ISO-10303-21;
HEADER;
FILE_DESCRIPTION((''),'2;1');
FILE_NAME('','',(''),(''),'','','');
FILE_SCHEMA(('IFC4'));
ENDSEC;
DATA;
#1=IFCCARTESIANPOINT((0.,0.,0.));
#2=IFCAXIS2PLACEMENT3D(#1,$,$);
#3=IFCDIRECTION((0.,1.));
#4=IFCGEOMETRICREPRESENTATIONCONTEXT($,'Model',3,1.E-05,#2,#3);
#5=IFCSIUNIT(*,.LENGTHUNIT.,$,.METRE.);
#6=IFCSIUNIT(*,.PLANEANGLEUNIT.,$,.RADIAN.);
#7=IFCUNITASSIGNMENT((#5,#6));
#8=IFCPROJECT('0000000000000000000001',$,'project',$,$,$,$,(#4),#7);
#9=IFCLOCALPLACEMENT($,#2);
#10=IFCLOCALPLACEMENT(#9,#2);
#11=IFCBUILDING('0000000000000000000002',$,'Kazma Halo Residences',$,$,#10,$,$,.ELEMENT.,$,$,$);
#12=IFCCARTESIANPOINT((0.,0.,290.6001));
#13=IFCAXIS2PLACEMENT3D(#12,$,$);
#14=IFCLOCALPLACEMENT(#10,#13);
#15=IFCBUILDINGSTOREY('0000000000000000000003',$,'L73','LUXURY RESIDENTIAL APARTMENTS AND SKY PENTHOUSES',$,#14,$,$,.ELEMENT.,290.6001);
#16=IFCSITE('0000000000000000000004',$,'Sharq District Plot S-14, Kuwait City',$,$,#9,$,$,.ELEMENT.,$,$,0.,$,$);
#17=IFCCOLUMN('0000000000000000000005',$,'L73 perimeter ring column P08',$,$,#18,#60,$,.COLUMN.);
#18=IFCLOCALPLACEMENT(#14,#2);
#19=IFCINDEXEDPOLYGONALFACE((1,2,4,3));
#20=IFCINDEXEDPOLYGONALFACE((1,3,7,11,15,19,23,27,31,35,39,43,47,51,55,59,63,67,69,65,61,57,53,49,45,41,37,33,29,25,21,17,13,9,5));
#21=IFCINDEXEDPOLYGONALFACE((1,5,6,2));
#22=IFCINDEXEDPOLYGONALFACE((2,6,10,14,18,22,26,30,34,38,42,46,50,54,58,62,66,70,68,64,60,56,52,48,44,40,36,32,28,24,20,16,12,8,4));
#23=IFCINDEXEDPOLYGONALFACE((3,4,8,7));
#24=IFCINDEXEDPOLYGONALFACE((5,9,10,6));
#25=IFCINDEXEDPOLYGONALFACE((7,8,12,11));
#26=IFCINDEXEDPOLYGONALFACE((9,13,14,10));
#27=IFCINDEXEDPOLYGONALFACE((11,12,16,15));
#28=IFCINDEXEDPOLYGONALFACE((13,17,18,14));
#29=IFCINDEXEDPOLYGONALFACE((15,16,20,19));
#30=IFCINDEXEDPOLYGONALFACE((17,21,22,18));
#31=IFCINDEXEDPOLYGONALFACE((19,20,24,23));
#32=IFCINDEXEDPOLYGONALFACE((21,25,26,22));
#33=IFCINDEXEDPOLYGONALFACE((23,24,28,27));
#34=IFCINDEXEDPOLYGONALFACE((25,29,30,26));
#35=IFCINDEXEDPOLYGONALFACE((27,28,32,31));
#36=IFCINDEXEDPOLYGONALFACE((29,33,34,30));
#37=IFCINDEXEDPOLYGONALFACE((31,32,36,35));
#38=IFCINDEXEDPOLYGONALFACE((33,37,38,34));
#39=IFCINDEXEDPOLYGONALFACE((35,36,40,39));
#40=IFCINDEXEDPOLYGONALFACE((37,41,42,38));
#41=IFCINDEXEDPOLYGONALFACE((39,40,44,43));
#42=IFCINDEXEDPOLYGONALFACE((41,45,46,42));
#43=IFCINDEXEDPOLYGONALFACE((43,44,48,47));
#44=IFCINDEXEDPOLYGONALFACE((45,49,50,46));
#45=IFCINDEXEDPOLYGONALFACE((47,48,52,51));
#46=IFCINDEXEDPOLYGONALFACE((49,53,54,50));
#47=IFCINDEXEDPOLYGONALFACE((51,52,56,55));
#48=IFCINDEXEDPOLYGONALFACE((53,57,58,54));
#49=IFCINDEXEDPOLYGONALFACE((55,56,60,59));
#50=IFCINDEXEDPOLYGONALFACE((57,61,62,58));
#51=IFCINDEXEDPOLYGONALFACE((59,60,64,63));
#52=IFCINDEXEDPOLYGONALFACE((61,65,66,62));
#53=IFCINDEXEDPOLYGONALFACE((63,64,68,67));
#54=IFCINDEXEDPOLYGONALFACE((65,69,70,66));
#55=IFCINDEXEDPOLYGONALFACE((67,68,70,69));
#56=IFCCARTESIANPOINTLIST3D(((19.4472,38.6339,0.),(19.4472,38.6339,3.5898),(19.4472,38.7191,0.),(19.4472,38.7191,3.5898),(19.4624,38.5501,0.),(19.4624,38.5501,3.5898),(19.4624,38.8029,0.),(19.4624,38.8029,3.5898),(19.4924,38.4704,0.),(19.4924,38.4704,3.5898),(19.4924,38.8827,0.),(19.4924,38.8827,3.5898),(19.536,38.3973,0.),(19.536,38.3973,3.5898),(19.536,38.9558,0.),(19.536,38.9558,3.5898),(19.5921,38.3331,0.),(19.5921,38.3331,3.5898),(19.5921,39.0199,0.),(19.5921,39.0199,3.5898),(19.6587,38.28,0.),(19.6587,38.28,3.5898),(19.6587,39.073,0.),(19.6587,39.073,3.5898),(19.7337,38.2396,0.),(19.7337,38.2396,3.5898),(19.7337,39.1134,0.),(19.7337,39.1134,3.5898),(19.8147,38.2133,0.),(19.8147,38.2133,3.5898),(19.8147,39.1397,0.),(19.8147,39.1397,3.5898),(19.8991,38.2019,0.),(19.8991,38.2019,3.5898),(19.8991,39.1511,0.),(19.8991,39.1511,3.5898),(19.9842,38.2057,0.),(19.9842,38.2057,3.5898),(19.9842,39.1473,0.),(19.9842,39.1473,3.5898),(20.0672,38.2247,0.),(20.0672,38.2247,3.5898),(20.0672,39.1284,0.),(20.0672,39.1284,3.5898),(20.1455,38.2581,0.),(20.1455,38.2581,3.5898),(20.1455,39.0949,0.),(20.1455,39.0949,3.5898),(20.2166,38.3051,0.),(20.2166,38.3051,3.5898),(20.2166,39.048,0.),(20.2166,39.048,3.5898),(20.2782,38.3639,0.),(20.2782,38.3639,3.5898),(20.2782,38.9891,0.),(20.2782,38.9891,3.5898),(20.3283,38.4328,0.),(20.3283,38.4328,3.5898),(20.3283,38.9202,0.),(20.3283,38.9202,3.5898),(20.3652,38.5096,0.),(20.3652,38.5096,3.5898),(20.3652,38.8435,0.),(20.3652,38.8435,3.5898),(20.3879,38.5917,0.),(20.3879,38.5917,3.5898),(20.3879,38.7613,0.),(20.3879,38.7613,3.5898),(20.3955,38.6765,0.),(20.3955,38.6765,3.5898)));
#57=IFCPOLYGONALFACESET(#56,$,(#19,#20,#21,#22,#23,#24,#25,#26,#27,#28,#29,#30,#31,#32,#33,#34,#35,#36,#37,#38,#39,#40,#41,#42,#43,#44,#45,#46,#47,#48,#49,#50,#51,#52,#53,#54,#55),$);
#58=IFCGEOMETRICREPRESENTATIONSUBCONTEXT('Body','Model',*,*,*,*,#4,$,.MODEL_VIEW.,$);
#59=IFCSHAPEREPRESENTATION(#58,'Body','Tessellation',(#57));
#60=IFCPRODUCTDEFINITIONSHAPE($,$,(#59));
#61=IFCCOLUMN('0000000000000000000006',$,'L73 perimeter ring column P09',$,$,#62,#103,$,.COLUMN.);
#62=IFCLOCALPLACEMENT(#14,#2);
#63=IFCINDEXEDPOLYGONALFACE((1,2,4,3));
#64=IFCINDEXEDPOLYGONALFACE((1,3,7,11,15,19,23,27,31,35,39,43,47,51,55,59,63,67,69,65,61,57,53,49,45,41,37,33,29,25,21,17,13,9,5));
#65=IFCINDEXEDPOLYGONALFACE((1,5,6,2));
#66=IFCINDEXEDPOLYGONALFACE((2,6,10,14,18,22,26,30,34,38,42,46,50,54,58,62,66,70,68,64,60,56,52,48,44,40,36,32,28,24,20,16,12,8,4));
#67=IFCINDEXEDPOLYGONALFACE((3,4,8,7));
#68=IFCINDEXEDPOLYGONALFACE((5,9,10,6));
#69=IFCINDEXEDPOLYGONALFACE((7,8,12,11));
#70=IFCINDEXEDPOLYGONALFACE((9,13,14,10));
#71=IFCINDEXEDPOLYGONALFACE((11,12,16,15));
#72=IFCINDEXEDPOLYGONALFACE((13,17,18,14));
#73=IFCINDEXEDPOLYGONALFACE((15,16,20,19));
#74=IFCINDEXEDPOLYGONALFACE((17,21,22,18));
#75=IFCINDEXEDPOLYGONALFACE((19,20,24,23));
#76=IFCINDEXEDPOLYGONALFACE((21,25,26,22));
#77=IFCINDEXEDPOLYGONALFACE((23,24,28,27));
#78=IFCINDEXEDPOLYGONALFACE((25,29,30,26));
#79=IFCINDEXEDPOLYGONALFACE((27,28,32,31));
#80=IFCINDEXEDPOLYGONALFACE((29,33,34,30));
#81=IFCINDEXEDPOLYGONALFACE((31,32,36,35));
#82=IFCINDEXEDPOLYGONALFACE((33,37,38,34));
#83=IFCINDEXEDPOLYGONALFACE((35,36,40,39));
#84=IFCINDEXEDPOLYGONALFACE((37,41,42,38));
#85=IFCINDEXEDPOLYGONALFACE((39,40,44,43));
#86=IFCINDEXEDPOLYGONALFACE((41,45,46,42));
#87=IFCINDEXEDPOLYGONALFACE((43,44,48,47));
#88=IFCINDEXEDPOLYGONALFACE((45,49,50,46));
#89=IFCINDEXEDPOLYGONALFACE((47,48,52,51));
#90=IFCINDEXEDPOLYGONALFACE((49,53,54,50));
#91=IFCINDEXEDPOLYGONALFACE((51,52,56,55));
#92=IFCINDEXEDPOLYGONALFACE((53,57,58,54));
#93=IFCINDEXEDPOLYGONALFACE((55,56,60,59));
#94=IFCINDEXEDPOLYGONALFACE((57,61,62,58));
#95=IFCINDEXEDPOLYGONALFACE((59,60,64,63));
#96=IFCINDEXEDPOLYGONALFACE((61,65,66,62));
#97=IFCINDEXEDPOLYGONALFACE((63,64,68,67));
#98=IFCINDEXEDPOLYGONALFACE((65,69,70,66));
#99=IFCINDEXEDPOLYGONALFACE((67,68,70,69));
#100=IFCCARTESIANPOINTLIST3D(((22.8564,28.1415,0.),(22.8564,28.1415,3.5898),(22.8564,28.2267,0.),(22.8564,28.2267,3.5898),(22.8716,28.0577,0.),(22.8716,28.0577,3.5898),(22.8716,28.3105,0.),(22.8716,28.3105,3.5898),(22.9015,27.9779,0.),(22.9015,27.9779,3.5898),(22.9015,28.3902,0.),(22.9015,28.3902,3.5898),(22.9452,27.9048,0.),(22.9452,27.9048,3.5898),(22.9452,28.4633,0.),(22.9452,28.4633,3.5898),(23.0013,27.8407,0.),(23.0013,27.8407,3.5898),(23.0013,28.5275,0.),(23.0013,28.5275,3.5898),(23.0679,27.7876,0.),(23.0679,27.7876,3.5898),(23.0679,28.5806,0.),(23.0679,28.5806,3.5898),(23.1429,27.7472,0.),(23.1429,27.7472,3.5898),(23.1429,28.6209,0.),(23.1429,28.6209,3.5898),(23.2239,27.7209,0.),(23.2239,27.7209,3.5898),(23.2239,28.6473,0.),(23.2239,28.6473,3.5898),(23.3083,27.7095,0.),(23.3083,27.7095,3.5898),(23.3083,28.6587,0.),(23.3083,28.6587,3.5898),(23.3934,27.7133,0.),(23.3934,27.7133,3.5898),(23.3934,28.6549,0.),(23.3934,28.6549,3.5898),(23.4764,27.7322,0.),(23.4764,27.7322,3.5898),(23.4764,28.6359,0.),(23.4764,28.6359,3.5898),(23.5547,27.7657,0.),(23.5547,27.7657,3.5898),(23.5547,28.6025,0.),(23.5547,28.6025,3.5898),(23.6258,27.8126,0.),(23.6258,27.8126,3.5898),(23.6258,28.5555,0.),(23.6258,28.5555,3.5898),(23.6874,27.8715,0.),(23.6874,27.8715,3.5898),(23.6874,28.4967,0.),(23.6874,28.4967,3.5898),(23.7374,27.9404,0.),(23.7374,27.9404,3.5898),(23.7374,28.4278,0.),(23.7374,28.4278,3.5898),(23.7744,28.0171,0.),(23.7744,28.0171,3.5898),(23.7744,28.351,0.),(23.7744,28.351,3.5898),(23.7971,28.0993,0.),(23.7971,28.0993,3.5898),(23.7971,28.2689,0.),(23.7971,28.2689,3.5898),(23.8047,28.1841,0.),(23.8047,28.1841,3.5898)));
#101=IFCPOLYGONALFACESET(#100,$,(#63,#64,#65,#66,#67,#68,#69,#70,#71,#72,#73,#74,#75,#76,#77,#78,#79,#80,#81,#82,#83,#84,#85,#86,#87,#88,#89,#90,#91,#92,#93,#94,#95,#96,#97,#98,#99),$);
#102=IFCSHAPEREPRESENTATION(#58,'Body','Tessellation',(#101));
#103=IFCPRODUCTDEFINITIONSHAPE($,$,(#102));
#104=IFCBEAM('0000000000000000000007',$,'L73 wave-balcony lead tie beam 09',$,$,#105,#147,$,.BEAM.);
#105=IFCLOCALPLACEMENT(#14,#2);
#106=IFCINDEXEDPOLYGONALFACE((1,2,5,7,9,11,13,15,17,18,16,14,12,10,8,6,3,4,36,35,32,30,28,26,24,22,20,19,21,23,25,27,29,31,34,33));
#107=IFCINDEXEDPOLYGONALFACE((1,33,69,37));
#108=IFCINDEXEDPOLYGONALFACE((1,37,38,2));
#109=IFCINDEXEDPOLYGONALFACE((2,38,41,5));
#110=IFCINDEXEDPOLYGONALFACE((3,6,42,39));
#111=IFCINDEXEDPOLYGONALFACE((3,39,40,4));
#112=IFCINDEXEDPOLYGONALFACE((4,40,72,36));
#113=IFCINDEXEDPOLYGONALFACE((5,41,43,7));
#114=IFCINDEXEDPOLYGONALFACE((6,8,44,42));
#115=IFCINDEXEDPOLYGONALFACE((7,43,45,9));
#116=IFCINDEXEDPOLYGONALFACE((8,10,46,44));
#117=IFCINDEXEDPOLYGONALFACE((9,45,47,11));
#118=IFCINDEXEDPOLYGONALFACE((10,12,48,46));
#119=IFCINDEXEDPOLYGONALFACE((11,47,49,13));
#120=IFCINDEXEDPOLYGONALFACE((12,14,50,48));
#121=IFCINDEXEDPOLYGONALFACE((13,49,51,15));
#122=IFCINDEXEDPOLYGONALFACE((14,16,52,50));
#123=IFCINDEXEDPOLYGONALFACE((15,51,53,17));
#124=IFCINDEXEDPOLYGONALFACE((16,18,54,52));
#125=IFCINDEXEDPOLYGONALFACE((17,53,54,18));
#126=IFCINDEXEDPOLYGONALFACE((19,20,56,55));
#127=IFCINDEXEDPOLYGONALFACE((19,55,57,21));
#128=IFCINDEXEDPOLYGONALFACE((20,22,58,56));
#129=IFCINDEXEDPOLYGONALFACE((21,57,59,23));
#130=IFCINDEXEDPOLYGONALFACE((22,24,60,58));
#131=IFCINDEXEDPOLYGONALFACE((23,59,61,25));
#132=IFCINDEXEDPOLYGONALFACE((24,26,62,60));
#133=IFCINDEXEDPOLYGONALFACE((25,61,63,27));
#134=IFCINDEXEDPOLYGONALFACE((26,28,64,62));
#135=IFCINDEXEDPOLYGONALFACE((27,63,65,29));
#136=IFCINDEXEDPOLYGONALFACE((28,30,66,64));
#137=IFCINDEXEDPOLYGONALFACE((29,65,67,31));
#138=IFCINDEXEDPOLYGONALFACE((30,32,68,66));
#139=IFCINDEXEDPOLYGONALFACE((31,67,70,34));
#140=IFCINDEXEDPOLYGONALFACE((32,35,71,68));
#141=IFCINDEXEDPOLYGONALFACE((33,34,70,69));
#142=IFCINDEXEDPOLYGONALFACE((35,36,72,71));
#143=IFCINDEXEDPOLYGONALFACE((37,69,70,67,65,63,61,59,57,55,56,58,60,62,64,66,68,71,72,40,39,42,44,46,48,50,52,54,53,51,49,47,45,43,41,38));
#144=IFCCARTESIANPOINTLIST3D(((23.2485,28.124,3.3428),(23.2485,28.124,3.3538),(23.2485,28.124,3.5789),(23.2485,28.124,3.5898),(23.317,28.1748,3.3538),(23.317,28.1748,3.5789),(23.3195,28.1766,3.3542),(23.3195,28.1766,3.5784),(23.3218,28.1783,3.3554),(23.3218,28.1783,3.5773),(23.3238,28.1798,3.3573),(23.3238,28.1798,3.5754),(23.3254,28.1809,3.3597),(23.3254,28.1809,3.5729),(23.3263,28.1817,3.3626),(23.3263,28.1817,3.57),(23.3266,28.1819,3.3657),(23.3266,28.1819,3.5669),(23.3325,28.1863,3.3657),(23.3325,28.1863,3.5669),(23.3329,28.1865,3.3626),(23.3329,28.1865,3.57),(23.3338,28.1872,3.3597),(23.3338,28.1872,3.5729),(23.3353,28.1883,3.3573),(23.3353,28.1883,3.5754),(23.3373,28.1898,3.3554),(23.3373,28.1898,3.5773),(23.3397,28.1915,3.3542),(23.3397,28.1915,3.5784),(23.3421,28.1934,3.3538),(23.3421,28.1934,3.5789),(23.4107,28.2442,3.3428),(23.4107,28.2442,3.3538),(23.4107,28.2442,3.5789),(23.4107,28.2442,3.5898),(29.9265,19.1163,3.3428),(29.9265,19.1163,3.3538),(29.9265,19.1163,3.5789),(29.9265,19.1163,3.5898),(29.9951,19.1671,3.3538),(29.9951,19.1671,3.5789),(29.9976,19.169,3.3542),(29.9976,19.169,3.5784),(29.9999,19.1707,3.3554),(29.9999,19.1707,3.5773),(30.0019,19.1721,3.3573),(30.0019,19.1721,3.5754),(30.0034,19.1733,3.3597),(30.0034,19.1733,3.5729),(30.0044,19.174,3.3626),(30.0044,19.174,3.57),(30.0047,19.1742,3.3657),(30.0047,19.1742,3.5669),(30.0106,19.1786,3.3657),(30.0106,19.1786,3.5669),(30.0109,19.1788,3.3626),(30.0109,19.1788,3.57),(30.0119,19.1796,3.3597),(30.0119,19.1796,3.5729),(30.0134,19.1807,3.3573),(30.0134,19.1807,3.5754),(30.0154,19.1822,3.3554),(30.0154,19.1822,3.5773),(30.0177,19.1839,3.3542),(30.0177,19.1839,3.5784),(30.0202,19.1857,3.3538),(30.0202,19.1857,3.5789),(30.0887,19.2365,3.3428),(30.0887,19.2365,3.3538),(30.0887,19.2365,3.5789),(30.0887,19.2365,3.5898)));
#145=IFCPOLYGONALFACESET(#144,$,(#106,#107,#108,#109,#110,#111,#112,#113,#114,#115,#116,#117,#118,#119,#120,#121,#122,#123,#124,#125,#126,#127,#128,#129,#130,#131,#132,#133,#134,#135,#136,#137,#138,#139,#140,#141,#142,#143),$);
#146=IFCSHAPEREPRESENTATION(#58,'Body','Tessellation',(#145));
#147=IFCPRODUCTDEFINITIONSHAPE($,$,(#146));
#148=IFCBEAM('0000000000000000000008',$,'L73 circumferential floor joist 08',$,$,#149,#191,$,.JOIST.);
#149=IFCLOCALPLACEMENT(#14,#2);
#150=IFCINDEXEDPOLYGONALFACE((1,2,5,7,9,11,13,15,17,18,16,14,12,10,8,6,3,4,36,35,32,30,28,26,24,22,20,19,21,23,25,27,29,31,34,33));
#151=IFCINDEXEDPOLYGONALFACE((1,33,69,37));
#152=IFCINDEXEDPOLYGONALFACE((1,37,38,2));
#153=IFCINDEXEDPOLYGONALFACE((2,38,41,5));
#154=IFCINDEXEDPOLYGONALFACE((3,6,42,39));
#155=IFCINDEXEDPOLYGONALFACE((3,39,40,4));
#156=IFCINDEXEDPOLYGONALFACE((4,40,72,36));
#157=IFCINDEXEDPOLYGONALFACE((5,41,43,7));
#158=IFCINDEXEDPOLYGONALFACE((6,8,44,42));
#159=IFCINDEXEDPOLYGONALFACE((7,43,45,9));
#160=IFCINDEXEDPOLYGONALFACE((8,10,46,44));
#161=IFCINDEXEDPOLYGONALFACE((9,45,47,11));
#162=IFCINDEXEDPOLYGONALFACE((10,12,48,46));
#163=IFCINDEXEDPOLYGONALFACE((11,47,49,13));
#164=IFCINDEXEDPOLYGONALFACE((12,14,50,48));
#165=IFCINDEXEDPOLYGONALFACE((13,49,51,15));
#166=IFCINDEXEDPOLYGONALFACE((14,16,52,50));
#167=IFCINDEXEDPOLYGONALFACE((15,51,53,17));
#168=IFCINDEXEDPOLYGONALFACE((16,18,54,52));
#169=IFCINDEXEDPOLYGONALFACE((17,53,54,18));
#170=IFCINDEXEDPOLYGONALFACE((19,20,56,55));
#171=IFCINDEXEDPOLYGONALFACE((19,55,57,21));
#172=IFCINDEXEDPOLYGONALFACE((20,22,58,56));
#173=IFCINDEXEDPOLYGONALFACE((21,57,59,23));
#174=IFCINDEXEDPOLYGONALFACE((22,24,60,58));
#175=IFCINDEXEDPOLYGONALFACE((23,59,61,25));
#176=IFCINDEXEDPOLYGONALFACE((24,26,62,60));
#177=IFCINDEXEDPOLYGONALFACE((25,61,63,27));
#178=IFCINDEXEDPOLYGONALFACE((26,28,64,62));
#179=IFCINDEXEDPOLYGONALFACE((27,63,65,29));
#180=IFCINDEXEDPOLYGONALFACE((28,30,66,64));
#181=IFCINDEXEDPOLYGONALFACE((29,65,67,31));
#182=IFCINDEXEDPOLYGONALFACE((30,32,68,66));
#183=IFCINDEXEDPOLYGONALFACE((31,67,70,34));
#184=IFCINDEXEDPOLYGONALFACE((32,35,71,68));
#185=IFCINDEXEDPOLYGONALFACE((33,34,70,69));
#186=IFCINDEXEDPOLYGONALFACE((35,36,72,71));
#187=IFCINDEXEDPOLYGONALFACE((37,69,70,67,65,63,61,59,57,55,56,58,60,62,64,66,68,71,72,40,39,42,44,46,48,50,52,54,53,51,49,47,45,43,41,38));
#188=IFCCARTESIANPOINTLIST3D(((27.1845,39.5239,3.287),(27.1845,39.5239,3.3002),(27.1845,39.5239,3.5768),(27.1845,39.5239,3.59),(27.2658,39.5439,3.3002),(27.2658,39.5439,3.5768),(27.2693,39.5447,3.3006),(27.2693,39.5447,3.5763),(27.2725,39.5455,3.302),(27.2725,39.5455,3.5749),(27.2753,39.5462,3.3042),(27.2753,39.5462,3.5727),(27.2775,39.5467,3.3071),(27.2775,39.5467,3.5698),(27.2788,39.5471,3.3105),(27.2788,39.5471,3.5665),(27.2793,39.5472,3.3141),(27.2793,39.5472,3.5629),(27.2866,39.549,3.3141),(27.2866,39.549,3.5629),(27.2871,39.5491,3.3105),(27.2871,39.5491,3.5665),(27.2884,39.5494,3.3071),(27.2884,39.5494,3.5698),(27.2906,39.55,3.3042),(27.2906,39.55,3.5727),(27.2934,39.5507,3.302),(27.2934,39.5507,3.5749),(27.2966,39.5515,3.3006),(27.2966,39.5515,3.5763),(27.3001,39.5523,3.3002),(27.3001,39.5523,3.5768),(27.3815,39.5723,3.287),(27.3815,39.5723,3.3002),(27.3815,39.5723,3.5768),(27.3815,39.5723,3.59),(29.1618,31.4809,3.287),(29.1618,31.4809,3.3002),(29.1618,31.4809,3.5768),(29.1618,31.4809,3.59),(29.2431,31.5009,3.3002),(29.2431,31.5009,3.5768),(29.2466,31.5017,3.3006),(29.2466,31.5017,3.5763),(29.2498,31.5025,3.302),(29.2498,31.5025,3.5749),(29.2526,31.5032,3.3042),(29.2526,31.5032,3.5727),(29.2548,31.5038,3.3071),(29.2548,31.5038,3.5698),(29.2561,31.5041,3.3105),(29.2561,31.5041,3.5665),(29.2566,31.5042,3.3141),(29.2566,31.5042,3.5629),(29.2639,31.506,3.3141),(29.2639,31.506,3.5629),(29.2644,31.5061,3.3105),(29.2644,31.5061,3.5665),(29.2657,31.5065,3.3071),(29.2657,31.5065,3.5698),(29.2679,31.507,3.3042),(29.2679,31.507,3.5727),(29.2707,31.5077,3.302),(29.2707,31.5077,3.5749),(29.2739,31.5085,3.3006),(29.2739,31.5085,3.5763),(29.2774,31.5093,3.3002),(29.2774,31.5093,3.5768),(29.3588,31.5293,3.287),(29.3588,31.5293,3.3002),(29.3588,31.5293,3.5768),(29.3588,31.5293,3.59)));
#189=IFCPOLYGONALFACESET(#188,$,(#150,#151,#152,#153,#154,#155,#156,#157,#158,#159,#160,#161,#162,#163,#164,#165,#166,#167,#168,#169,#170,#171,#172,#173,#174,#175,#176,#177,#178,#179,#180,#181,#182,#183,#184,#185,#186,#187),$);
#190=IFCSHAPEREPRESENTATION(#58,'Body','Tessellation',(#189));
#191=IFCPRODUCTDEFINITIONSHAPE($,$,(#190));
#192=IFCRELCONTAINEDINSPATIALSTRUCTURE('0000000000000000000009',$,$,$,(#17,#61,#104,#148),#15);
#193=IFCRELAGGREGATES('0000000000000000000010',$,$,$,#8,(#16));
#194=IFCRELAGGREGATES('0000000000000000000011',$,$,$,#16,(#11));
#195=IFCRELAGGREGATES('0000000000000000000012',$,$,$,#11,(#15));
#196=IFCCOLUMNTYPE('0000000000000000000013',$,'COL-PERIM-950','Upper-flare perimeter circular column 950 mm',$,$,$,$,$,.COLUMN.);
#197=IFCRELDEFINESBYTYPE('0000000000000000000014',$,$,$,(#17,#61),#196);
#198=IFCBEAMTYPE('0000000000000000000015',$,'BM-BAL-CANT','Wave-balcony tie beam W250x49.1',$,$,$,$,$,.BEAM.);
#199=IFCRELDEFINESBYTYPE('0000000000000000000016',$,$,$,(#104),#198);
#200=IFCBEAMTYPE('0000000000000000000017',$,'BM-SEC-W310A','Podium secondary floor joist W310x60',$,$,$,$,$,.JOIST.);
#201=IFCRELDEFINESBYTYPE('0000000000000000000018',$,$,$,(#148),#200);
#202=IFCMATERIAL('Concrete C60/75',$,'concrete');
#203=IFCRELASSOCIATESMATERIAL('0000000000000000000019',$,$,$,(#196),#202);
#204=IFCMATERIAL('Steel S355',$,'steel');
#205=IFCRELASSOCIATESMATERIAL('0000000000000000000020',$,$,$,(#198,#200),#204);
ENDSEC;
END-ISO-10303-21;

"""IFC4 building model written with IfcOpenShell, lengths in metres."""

from ifc_helpers import new_model, si_unit, direction, frame, origin, origin_2d, place, context, subcontext, project, spatial, circle, i_section, extrude, material, material_profile, profile_set, type_object, element, save


model = new_model("IFC4")

# Units and contexts
model_context = context("Model", 3, precision=1e-05, world=origin(), true_north=direction((0.0, 1.0)))
body_context = subcontext(model_context, "Body", "Model", "MODEL_VIEW")
ifc_project = project(units=[si_unit("LENGTHUNIT", "METRE"), si_unit("PLANEANGLEUNIT", "RADIAN")], contexts=[model_context])

# Site, building, storey
site_placement = place(None, origin())
site = spatial("IfcSite", under=ifc_project, at=site_placement, Name="Sharq District Plot S-14, Kuwait City", CompositionType="ELEMENT", RefElevation=0.0)
building_placement = place(site_placement, origin())
building = spatial("IfcBuilding", under=site, at=building_placement, Name="Kazma Halo Residences", CompositionType="ELEMENT")
storey_placement = place(building_placement, frame((0.0, 0.0, 290.6001)))
storey = spatial("IfcBuildingStorey", under=building, at=storey_placement, Name="L73", Description="LUXURY RESIDENTIAL APARTMENTS AND SKY PENTHOUSES", CompositionType="ELEMENT", Elevation=290.6001)

# Columns
ifc_material_1 = material(Name="Concrete C60/75", Category="concrete")
ifc_material_profile_1 = material_profile(ifc_material_1, circle(Radius=0.4751, at=origin_2d()), Name="CIRC950")
ifc_profile_set_1 = profile_set([ifc_material_profile_1], Name="Concrete C60/75")
column_type = type_object("IfcColumnType", Name="COL-PERIM-950", Description="Upper-flare perimeter circular column 950 mm", PredefinedType="COLUMN", material=ifc_profile_set_1)
for number, where, z_axis, x_axis, name in (
    (1, (19.9204, 38.6765, 0.0), (0.0, 0.0, 1.0), (1.0, 0.0, 0.0), "L73 perimeter ring column P08"),
    (2, (23.3296, 28.1841, 0.0), (0.0, 0.0, 1.0), (1.0, 0.0, 0.0), "L73 perimeter ring column P09"),
):
    element("IfcColumn", number, at=place(storey_placement, frame(where, z_axis=z_axis, x_axis=x_axis)), inside=storey, type_object=column_type, Name=name, PredefinedType="COLUMN", context=body_context, shape_type="SweptSolid", body=[
        extrude(circle(Radius=0.4751, at=origin_2d()), origin(), (0.0, 0.0, 1.0), 3.5898),
    ])

# Beams
ifc_material_2 = material(Name="Steel S355", Category="steel")
ifc_material_profile_2 = material_profile(ifc_material_2, i_section(OverallWidth=0.2019, OverallDepth=0.2471, WebThickness=0.0073, FlangeThickness=0.011, FilletRadius=0.012, at=origin_2d()), Name="W250x49.1")
ifc_profile_set_2 = profile_set([ifc_material_profile_2], Name="Steel S355")
beam_type_1 = type_object("IfcBeamType", Name="BM-BAL-CANT", Description="Wave-balcony tie beam W250x49.1", PredefinedType="BEAM", material=ifc_profile_set_2)
beam_1_placement = place(storey_placement, frame((23.3296, 28.1841, 3.4663), z_axis=(0.595556, -0.803314, 0.0), x_axis=(0.803314, 0.595556, 0.0)))
element("IfcBeam", 3, at=beam_1_placement, inside=storey, type_object=beam_type_1, Name="L73 wave-balcony lead tie beam 09", PredefinedType="BEAM", context=body_context, shape_type="SweptSolid", body=[
    extrude(i_section(OverallWidth=0.2019, OverallDepth=0.2471, WebThickness=0.0073, FlangeThickness=0.011, FilletRadius=0.012, at=origin_2d()), origin(), (0.0, 0.0, 1.0), 11.2131),
])
ifc_material_profile_3 = material_profile(ifc_material_2, i_section(OverallWidth=0.2029, OverallDepth=0.303, WebThickness=0.0076, FlangeThickness=0.0132, FilletRadius=0.0139, at=origin_2d()), Name="W310x60")
ifc_profile_set_3 = profile_set([ifc_material_profile_3], Name="Steel S355")
beam_type_2 = type_object("IfcBeamType", Name="BM-SEC-W310A", Description="Podium secondary floor joist W310x60", PredefinedType="JOIST", material=ifc_profile_set_3)
beam_2_placement = place(storey_placement, frame((27.283, 39.5481, 3.4385), z_axis=(0.238733, -0.971085, 0.0), x_axis=(0.971085, 0.238733, 0.0)))
element("IfcBeam", 4, at=beam_2_placement, inside=storey, type_object=beam_type_2, Name="L73 circumferential floor joist 08", PredefinedType="JOIST", context=body_context, shape_type="SweptSolid", body=[
    extrude(i_section(OverallWidth=0.2029, OverallDepth=0.303, WebThickness=0.0076, FlangeThickness=0.0132, FilletRadius=0.0139, at=origin_2d()), origin(), (0.0, 0.0, 1.0), 8.2825),
])

save(model, "model.ifc")
